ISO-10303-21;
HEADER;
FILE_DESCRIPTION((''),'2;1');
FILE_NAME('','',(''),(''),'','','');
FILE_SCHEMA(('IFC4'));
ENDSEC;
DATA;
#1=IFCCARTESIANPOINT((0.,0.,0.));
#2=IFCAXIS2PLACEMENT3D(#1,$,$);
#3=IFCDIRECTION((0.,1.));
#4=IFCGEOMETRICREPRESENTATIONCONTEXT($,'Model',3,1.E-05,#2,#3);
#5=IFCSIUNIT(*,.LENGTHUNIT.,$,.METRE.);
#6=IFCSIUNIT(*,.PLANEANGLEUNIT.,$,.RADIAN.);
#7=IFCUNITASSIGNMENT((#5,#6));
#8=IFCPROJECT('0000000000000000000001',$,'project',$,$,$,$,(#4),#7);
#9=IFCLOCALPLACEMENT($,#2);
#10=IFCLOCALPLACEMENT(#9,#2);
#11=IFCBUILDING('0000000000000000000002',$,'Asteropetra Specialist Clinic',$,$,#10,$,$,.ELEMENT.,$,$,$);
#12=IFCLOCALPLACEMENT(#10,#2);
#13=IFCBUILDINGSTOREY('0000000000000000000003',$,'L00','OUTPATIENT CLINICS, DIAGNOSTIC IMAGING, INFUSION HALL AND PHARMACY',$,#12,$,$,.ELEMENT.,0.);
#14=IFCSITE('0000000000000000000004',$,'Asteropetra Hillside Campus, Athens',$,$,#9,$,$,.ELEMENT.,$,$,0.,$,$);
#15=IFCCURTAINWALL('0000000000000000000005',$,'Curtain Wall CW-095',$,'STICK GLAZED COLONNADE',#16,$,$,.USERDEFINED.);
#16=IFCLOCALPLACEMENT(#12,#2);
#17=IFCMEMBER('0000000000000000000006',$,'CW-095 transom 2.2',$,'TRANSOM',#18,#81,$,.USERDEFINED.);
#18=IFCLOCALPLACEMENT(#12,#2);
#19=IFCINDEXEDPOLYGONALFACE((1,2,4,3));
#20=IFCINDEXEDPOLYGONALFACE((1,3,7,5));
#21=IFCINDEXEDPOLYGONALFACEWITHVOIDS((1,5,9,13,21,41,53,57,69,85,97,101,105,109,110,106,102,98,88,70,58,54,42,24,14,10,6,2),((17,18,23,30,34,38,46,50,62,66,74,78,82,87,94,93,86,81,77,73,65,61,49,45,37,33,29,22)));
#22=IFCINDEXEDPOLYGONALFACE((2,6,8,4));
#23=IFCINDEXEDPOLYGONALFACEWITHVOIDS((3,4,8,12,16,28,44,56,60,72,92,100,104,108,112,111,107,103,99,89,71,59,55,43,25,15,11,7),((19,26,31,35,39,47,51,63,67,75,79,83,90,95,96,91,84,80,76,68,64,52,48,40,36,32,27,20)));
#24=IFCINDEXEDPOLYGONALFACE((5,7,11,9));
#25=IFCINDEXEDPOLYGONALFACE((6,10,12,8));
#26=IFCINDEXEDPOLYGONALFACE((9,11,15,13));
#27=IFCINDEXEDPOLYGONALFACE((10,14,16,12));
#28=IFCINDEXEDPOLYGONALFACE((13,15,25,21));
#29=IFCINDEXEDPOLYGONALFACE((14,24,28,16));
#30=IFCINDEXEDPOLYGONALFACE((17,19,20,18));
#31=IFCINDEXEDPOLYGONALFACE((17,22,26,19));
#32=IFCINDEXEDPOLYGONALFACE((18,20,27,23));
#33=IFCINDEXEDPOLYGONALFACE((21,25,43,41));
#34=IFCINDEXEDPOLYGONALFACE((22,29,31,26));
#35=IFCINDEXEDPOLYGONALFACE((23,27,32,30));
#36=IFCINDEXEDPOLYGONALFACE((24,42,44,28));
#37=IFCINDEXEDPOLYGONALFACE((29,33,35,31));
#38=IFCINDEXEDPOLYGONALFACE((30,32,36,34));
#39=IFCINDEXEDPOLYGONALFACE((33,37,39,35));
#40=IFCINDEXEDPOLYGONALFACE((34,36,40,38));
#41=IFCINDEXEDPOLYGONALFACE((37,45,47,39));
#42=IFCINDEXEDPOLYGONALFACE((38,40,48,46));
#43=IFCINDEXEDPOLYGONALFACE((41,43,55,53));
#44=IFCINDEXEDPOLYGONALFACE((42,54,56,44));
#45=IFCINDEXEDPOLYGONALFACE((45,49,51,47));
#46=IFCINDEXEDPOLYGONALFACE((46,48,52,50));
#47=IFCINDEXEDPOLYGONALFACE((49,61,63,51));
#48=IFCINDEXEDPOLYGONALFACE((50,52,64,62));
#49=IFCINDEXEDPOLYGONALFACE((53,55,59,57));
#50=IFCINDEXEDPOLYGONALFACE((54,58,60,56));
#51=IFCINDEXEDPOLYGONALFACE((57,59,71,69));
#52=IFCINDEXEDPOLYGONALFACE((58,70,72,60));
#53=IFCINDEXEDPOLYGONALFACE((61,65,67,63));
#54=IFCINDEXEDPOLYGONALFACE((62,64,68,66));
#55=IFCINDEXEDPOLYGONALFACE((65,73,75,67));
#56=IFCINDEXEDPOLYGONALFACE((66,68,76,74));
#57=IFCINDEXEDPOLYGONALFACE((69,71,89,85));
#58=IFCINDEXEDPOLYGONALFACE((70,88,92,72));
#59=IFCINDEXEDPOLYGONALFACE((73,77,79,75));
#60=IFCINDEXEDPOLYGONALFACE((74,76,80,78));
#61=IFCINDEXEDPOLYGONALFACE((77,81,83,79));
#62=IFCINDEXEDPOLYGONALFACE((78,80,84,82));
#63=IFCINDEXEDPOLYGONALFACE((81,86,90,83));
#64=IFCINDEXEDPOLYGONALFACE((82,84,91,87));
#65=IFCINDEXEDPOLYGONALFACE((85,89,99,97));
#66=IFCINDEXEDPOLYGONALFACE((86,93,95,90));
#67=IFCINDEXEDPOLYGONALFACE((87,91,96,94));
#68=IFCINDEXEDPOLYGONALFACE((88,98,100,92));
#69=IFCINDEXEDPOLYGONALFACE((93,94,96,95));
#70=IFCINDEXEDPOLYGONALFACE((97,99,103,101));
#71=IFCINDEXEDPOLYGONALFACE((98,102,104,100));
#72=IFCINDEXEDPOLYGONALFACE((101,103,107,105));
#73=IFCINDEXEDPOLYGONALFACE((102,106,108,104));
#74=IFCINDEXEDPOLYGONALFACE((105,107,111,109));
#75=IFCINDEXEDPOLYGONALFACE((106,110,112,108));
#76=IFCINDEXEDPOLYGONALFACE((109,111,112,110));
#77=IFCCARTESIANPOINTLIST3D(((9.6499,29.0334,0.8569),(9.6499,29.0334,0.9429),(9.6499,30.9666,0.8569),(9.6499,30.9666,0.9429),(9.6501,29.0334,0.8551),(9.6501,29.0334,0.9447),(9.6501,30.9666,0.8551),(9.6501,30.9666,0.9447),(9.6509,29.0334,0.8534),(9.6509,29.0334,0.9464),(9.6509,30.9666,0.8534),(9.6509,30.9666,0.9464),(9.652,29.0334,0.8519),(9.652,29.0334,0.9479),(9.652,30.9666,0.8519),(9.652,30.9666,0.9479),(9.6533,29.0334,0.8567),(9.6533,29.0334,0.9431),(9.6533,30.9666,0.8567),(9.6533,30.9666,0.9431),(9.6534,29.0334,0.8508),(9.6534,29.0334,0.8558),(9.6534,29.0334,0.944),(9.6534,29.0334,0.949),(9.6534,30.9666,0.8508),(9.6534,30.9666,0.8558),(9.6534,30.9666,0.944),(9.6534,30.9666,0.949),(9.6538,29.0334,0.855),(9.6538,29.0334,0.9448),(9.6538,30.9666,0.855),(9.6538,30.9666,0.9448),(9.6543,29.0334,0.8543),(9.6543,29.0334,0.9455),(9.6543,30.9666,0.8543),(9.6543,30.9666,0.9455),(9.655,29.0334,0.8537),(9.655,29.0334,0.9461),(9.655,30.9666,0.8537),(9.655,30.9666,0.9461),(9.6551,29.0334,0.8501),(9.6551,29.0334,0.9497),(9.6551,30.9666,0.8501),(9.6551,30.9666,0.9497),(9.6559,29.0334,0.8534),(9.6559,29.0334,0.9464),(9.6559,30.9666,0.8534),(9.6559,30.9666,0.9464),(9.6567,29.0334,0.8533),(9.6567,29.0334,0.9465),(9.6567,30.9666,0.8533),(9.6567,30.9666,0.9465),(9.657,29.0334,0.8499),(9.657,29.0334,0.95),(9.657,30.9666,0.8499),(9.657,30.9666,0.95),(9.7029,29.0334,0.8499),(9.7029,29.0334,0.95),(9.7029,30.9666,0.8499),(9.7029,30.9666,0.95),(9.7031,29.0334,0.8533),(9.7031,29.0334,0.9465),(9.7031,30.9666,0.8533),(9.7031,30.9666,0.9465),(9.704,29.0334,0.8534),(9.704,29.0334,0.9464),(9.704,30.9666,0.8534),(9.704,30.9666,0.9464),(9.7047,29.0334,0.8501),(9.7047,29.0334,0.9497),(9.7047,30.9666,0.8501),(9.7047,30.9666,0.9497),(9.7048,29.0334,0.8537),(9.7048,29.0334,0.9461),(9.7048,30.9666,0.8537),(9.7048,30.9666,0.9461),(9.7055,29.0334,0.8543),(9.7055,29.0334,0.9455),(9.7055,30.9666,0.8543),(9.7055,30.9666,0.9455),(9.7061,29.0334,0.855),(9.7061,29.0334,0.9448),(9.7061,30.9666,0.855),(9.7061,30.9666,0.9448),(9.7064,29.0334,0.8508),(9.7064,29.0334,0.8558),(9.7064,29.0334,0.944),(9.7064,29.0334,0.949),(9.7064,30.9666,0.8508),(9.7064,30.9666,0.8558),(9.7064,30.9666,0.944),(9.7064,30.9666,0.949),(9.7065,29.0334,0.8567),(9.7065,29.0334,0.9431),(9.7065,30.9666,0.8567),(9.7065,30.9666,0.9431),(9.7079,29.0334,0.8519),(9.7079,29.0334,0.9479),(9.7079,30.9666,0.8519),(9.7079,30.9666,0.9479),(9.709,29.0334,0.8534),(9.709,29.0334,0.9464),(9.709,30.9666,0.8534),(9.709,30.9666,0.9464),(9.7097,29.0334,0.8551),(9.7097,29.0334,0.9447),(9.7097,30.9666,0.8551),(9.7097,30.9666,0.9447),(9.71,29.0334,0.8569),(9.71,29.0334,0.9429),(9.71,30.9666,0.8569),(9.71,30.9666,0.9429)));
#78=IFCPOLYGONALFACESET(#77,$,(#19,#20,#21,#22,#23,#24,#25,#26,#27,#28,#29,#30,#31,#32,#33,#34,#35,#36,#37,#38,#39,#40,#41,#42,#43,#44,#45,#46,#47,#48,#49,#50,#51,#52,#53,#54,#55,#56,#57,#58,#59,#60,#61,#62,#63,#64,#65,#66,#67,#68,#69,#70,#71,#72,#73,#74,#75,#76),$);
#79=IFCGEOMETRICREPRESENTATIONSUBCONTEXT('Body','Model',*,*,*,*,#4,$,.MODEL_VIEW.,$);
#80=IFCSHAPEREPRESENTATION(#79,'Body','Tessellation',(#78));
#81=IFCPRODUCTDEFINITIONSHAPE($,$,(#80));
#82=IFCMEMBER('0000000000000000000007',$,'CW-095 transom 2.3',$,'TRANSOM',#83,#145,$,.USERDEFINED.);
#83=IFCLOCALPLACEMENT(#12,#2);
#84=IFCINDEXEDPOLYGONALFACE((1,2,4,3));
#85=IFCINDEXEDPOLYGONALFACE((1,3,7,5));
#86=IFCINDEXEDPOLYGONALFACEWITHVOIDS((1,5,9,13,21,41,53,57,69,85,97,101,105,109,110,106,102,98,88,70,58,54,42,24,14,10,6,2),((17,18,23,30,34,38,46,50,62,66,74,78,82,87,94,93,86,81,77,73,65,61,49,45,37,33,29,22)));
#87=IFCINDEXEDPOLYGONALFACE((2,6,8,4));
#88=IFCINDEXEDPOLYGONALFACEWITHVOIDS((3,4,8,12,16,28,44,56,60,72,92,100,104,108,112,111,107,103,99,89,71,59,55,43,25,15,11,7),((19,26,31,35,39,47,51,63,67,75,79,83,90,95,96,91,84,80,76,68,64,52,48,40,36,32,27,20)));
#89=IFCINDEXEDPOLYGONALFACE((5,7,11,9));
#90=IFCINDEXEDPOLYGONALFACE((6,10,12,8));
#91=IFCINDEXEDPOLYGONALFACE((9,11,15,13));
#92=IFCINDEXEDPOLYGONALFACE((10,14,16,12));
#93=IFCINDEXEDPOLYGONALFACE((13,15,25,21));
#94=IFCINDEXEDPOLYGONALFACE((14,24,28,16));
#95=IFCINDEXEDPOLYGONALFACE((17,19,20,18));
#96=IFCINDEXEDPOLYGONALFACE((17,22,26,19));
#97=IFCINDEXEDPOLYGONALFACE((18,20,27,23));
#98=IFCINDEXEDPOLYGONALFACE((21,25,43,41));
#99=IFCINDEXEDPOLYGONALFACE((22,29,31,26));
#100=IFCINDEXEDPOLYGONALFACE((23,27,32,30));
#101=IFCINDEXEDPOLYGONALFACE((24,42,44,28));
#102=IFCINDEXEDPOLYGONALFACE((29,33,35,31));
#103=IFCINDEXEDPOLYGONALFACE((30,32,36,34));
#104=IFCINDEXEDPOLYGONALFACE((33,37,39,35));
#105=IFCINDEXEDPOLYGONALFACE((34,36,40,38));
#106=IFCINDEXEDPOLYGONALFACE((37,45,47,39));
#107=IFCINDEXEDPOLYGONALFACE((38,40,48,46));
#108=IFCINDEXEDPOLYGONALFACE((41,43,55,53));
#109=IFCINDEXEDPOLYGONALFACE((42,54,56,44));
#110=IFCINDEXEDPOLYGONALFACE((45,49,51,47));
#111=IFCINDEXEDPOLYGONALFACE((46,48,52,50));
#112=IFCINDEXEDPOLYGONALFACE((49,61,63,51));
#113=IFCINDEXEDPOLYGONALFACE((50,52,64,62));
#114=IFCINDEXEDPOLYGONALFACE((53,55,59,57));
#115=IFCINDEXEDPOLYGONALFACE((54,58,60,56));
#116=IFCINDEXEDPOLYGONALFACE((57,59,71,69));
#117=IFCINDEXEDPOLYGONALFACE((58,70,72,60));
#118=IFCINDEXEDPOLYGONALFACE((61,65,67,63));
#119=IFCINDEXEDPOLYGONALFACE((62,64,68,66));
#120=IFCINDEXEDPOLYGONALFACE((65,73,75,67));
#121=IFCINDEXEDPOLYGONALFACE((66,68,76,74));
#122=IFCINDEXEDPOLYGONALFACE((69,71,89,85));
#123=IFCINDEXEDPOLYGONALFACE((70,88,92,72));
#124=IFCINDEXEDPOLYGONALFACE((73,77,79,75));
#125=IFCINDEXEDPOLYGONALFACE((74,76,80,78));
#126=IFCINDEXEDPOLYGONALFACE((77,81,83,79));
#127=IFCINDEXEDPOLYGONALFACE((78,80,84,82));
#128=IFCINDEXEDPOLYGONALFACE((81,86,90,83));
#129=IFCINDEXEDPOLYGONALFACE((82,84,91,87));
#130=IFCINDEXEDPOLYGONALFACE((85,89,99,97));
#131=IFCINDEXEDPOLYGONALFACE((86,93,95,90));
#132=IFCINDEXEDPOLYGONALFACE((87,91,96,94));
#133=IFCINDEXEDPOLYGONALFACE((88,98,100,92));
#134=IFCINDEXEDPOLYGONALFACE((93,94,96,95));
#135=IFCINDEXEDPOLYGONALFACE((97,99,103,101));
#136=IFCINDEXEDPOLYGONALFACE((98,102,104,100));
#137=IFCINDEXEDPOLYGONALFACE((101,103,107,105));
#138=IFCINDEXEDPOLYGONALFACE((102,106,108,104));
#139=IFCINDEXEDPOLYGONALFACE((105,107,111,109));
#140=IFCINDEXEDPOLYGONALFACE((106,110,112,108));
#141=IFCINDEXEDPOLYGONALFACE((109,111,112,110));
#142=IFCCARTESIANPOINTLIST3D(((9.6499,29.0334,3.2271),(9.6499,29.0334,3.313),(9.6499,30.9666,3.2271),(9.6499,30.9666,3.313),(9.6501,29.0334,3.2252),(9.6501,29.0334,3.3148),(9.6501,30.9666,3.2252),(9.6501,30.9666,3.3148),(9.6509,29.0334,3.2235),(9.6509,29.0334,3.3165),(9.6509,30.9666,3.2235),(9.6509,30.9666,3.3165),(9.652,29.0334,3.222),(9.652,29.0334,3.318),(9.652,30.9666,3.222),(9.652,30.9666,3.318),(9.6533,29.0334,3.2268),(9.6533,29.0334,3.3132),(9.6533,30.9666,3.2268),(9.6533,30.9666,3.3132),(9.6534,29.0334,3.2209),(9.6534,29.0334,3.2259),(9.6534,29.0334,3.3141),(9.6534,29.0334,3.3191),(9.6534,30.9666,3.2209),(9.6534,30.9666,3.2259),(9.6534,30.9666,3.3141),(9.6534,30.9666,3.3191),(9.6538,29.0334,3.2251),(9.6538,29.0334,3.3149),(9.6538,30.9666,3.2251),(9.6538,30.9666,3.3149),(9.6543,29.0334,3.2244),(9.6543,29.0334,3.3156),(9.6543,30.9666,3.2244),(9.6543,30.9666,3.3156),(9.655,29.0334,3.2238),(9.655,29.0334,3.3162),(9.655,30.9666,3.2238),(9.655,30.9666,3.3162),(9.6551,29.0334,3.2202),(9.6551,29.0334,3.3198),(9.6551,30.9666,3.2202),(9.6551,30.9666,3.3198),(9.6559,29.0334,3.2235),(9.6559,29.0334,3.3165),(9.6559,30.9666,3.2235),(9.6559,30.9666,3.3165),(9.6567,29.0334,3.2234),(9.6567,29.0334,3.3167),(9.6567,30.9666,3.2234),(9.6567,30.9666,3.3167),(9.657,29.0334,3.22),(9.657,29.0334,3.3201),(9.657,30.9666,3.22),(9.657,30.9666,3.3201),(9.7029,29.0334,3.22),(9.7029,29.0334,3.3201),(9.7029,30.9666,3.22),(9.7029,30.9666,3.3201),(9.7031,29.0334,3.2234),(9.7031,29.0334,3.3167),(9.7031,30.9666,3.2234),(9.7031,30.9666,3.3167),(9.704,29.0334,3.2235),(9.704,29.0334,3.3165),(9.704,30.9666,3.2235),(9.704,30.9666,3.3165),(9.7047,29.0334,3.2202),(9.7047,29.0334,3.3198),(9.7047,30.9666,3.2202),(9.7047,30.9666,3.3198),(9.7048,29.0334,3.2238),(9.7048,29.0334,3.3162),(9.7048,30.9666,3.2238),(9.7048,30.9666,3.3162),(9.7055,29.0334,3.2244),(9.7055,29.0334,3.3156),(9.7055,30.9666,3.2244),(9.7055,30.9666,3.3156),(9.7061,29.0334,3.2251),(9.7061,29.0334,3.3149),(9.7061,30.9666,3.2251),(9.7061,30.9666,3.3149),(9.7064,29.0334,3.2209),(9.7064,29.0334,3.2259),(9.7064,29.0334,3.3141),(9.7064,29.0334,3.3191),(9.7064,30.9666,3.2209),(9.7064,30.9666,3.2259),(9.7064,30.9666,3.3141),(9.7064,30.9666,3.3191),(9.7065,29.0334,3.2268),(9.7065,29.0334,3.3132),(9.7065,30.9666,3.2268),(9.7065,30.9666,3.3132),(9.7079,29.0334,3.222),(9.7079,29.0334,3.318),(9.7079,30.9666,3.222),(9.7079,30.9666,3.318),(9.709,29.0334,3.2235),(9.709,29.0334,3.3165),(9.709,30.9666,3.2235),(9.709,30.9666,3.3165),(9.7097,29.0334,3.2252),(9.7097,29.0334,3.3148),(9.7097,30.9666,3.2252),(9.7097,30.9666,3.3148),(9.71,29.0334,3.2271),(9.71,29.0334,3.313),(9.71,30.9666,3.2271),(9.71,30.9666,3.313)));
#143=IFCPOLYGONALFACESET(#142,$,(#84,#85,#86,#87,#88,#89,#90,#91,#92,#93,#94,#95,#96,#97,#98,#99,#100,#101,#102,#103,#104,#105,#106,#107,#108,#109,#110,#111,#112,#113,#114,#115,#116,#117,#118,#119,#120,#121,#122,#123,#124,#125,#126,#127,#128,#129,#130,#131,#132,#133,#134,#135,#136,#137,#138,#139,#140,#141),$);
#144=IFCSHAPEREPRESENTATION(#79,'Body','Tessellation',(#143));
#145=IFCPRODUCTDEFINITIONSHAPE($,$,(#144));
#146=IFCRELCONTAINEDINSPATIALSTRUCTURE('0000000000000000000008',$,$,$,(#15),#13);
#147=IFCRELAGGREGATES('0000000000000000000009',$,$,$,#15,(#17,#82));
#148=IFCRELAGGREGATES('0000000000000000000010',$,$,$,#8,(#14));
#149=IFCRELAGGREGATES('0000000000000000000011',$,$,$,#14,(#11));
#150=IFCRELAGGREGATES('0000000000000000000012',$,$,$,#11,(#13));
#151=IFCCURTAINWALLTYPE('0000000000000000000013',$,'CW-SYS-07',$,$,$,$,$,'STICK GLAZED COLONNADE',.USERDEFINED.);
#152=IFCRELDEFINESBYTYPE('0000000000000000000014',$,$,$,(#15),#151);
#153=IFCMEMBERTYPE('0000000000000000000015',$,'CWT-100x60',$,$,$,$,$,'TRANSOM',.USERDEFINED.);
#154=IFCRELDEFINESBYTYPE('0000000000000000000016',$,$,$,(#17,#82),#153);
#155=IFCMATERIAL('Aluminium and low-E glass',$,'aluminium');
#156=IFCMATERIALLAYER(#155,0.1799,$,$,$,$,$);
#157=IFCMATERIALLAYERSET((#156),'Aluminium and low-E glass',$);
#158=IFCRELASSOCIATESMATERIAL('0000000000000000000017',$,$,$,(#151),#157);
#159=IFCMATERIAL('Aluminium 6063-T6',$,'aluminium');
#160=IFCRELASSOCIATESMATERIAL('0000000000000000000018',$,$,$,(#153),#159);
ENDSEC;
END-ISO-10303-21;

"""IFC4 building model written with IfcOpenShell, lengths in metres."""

from ifc_helpers import new_model, si_unit, direction, frame, origin, origin_2d, place, context, subcontext, project, spatial, hollow_rectangle, extrude, material, layer, layer_set, material_profile, profile_set, type_object, element, aggregate, save


model = new_model("IFC4")

# Units and contexts
model_context = context("Model", 3, precision=1e-05, world=origin(), true_north=direction((0.0, 1.0)))
body_context = subcontext(model_context, "Body", "Model", "MODEL_VIEW")
ifc_project = project(units=[si_unit("LENGTHUNIT", "METRE"), si_unit("PLANEANGLEUNIT", "RADIAN")], contexts=[model_context])

# Site, building, storey
site_placement = place(None, origin())
site = spatial("IfcSite", under=ifc_project, at=site_placement, Name="Asteropetra Hillside Campus, Athens", CompositionType="ELEMENT", RefElevation=0.0)
building_placement = place(site_placement, origin())
building = spatial("IfcBuilding", under=site, at=building_placement, Name="Asteropetra Specialist Clinic", CompositionType="ELEMENT")
storey_placement = place(building_placement, origin())
storey = spatial("IfcBuildingStorey", under=building, at=storey_placement, Name="L00", Description="OUTPATIENT CLINICS, DIAGNOSTIC IMAGING, INFUSION HALL AND PHARMACY", CompositionType="ELEMENT", Elevation=0.0)

# Curtain wall, members
ifc_material_1 = material(Name="Aluminium and low-E glass", Category="aluminium")
ifc_layer_1 = layer(ifc_material_1, 0.1799)
ifc_layer_set_1 = layer_set([ifc_layer_1], Name="Aluminium and low-E glass")
curtain_wall_type = type_object("IfcCurtainWallType", Name="CW-SYS-07", ElementType="STICK GLAZED COLONNADE", PredefinedType="USERDEFINED", material=ifc_layer_set_1)
curtain_wall_placement = place(storey_placement, origin())
curtain_wall = element("IfcCurtainWall", 1, at=curtain_wall_placement, inside=storey, type_object=curtain_wall_type, Name="Curtain Wall CW-095", ObjectType="STICK GLAZED COLONNADE", PredefinedType="USERDEFINED")
ifc_material_2 = material(Name="Aluminium 6063-T6", Category="aluminium")
ifc_material_profile_1 = material_profile(ifc_material_2, hollow_rectangle(XDim=0.0601, YDim=0.1001, WallThickness=0.0034, InnerFilletRadius=0.0034, OuterFilletRadius=0.0071, at=origin_2d()), Name="TRN 100x60x3.5")
ifc_profile_set_1 = profile_set([ifc_material_profile_1], Name="Aluminium 6063-T6")
member_type_1 = type_object("IfcMemberType", Name="CWT-100x60", ElementType="TRANSOM", PredefinedType="USERDEFINED", material=ifc_profile_set_1)
member_1_placement = place(storey_placement, frame((9.6799, 29.0334, 0.8999), z_axis=(0.0, 1.0, 0.0), x_axis=(-1.0, 0.0, 0.0)))
member_1 = element("IfcMember", 2, at=member_1_placement, type_object=member_type_1, Name="CW-095 transom 2.2", ObjectType="TRANSOM", PredefinedType="USERDEFINED", context=body_context, shape_type="SweptSolid", body=[
    extrude(hollow_rectangle(XDim=0.0601, YDim=0.1001, WallThickness=0.0034, InnerFilletRadius=0.0034, OuterFilletRadius=0.0071, at=origin_2d()), origin(), (0.0, 0.0, 1.0), 1.9331),
])
member_2_placement = place(storey_placement, frame((9.6799, 29.0334, 3.27), z_axis=(0.0, 1.0, 0.0), x_axis=(-1.0, 0.0, 0.0)))
member_2 = element("IfcMember", 3, at=member_2_placement, type_object=member_type_1, Name="CW-095 transom 2.3", ObjectType="TRANSOM", PredefinedType="USERDEFINED", context=body_context, shape_type="SweptSolid", body=[
    extrude(hollow_rectangle(XDim=0.0601, YDim=0.1001, WallThickness=0.0034, InnerFilletRadius=0.0034, OuterFilletRadius=0.0071, at=origin_2d()), origin(), (0.0, 0.0, 1.0), 1.9331),
])

aggregate(curtain_wall, [member_1, member_2])

save(model, "model.ifc")
